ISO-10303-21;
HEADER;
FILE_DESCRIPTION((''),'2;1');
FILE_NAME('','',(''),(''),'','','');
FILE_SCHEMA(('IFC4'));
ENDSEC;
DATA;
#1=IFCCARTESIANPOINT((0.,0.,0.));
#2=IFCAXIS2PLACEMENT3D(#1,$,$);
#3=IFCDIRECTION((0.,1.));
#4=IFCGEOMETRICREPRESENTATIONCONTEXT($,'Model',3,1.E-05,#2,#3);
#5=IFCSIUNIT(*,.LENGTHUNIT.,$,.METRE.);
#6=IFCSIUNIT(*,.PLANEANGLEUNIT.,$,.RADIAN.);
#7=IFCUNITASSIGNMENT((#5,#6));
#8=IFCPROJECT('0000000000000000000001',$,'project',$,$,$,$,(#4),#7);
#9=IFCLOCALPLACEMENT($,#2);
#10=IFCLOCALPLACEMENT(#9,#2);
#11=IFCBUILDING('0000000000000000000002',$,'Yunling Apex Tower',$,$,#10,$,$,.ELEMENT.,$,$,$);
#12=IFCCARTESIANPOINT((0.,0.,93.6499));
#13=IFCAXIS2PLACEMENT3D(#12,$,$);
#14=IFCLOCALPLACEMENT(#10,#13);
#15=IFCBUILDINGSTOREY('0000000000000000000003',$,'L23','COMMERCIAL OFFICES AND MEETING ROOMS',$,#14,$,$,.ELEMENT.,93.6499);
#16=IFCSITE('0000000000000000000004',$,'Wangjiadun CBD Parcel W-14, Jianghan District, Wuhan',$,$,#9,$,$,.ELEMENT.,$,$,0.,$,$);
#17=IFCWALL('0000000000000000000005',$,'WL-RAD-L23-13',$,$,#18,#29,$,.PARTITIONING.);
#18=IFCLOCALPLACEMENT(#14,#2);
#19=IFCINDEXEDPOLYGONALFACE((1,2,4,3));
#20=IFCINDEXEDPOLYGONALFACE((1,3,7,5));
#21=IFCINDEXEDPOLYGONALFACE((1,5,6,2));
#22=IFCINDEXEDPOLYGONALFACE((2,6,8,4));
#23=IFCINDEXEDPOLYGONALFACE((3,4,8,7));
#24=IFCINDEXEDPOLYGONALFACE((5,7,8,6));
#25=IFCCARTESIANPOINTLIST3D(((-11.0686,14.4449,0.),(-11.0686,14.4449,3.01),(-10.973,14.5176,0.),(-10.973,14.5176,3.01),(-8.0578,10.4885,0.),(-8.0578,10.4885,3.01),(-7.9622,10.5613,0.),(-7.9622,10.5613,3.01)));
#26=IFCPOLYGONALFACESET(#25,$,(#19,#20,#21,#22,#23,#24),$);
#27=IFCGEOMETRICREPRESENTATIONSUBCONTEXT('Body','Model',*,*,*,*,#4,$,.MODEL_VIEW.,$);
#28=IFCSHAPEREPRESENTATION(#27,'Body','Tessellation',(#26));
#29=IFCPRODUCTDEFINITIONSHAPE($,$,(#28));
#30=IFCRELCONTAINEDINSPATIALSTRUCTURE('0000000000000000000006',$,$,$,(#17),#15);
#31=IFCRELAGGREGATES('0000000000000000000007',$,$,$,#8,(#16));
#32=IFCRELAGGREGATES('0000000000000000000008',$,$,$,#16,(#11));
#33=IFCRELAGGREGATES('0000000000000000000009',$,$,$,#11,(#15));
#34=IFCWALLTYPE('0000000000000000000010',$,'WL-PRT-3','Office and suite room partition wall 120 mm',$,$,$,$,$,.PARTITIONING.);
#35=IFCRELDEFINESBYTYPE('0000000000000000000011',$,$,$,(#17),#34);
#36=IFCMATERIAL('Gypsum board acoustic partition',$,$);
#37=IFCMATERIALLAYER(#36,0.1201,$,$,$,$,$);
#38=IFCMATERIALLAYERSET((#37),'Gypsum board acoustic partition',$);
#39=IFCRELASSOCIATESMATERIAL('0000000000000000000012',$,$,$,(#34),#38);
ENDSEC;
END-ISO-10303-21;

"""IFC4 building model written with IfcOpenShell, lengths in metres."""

from ifc_helpers import new_model, si_unit, direction, frame, frame_2d, origin, place, context, subcontext, project, spatial, rectangle, extrude, material, layer, layer_set, type_object, element, save


model = new_model("IFC4")

# Units and contexts
model_context = context("Model", 3, precision=1e-05, world=origin(), true_north=direction((0.0, 1.0)))
body_context = subcontext(model_context, "Body", "Model", "MODEL_VIEW")
ifc_project = project(units=[si_unit("LENGTHUNIT", "METRE"), si_unit("PLANEANGLEUNIT", "RADIAN")], contexts=[model_context])

# Site, building, storey
site_placement = place(None, origin())
site = spatial("IfcSite", under=ifc_project, at=site_placement, Name="Wangjiadun CBD Parcel W-14, Jianghan District, Wuhan", CompositionType="ELEMENT", RefElevation=0.0)
building_placement = place(site_placement, origin())
building = spatial("IfcBuilding", under=site, at=building_placement, Name="Yunling Apex Tower", CompositionType="ELEMENT")
storey_placement = place(building_placement, frame((0.0, 0.0, 93.6499)))
storey = spatial("IfcBuildingStorey", under=building, at=storey_placement, Name="L23", Description="COMMERCIAL OFFICES AND MEETING ROOMS", CompositionType="ELEMENT", Elevation=93.6499)

# Shared definitions
ifc_material_1 = material(Name="Gypsum board acoustic partition")

# Wall
ifc_layer_1 = layer(ifc_material_1, 0.1201)
ifc_layer_set_1 = layer_set([ifc_layer_1], Name="Gypsum board acoustic partition")
wall_type_1 = type_object("IfcWallType", Name="WL-PRT-3", Description="Office and suite room partition wall 120 mm", PredefinedType="PARTITIONING", material=ifc_layer_set_1)
wall_1_placement = place(storey_placement, frame((-8.01, 10.5249, 0.0), z_axis=(0.0, 0.0, 1.0), x_axis=(-0.605587, 0.795779, 0.0)))
element("IfcWall", 1, at=wall_1_placement, inside=storey, type_object=wall_type_1, Name="WL-RAD-L23-13", PredefinedType="PARTITIONING", context=body_context, shape_type="SweptSolid", body=[
    extrude(rectangle(XDim=4.9717, YDim=0.1201, at=frame_2d((2.4858, 0.0))), origin(), (0.0, 0.0, 1.0), 3.01),
])

save(model, "model.ifc")
